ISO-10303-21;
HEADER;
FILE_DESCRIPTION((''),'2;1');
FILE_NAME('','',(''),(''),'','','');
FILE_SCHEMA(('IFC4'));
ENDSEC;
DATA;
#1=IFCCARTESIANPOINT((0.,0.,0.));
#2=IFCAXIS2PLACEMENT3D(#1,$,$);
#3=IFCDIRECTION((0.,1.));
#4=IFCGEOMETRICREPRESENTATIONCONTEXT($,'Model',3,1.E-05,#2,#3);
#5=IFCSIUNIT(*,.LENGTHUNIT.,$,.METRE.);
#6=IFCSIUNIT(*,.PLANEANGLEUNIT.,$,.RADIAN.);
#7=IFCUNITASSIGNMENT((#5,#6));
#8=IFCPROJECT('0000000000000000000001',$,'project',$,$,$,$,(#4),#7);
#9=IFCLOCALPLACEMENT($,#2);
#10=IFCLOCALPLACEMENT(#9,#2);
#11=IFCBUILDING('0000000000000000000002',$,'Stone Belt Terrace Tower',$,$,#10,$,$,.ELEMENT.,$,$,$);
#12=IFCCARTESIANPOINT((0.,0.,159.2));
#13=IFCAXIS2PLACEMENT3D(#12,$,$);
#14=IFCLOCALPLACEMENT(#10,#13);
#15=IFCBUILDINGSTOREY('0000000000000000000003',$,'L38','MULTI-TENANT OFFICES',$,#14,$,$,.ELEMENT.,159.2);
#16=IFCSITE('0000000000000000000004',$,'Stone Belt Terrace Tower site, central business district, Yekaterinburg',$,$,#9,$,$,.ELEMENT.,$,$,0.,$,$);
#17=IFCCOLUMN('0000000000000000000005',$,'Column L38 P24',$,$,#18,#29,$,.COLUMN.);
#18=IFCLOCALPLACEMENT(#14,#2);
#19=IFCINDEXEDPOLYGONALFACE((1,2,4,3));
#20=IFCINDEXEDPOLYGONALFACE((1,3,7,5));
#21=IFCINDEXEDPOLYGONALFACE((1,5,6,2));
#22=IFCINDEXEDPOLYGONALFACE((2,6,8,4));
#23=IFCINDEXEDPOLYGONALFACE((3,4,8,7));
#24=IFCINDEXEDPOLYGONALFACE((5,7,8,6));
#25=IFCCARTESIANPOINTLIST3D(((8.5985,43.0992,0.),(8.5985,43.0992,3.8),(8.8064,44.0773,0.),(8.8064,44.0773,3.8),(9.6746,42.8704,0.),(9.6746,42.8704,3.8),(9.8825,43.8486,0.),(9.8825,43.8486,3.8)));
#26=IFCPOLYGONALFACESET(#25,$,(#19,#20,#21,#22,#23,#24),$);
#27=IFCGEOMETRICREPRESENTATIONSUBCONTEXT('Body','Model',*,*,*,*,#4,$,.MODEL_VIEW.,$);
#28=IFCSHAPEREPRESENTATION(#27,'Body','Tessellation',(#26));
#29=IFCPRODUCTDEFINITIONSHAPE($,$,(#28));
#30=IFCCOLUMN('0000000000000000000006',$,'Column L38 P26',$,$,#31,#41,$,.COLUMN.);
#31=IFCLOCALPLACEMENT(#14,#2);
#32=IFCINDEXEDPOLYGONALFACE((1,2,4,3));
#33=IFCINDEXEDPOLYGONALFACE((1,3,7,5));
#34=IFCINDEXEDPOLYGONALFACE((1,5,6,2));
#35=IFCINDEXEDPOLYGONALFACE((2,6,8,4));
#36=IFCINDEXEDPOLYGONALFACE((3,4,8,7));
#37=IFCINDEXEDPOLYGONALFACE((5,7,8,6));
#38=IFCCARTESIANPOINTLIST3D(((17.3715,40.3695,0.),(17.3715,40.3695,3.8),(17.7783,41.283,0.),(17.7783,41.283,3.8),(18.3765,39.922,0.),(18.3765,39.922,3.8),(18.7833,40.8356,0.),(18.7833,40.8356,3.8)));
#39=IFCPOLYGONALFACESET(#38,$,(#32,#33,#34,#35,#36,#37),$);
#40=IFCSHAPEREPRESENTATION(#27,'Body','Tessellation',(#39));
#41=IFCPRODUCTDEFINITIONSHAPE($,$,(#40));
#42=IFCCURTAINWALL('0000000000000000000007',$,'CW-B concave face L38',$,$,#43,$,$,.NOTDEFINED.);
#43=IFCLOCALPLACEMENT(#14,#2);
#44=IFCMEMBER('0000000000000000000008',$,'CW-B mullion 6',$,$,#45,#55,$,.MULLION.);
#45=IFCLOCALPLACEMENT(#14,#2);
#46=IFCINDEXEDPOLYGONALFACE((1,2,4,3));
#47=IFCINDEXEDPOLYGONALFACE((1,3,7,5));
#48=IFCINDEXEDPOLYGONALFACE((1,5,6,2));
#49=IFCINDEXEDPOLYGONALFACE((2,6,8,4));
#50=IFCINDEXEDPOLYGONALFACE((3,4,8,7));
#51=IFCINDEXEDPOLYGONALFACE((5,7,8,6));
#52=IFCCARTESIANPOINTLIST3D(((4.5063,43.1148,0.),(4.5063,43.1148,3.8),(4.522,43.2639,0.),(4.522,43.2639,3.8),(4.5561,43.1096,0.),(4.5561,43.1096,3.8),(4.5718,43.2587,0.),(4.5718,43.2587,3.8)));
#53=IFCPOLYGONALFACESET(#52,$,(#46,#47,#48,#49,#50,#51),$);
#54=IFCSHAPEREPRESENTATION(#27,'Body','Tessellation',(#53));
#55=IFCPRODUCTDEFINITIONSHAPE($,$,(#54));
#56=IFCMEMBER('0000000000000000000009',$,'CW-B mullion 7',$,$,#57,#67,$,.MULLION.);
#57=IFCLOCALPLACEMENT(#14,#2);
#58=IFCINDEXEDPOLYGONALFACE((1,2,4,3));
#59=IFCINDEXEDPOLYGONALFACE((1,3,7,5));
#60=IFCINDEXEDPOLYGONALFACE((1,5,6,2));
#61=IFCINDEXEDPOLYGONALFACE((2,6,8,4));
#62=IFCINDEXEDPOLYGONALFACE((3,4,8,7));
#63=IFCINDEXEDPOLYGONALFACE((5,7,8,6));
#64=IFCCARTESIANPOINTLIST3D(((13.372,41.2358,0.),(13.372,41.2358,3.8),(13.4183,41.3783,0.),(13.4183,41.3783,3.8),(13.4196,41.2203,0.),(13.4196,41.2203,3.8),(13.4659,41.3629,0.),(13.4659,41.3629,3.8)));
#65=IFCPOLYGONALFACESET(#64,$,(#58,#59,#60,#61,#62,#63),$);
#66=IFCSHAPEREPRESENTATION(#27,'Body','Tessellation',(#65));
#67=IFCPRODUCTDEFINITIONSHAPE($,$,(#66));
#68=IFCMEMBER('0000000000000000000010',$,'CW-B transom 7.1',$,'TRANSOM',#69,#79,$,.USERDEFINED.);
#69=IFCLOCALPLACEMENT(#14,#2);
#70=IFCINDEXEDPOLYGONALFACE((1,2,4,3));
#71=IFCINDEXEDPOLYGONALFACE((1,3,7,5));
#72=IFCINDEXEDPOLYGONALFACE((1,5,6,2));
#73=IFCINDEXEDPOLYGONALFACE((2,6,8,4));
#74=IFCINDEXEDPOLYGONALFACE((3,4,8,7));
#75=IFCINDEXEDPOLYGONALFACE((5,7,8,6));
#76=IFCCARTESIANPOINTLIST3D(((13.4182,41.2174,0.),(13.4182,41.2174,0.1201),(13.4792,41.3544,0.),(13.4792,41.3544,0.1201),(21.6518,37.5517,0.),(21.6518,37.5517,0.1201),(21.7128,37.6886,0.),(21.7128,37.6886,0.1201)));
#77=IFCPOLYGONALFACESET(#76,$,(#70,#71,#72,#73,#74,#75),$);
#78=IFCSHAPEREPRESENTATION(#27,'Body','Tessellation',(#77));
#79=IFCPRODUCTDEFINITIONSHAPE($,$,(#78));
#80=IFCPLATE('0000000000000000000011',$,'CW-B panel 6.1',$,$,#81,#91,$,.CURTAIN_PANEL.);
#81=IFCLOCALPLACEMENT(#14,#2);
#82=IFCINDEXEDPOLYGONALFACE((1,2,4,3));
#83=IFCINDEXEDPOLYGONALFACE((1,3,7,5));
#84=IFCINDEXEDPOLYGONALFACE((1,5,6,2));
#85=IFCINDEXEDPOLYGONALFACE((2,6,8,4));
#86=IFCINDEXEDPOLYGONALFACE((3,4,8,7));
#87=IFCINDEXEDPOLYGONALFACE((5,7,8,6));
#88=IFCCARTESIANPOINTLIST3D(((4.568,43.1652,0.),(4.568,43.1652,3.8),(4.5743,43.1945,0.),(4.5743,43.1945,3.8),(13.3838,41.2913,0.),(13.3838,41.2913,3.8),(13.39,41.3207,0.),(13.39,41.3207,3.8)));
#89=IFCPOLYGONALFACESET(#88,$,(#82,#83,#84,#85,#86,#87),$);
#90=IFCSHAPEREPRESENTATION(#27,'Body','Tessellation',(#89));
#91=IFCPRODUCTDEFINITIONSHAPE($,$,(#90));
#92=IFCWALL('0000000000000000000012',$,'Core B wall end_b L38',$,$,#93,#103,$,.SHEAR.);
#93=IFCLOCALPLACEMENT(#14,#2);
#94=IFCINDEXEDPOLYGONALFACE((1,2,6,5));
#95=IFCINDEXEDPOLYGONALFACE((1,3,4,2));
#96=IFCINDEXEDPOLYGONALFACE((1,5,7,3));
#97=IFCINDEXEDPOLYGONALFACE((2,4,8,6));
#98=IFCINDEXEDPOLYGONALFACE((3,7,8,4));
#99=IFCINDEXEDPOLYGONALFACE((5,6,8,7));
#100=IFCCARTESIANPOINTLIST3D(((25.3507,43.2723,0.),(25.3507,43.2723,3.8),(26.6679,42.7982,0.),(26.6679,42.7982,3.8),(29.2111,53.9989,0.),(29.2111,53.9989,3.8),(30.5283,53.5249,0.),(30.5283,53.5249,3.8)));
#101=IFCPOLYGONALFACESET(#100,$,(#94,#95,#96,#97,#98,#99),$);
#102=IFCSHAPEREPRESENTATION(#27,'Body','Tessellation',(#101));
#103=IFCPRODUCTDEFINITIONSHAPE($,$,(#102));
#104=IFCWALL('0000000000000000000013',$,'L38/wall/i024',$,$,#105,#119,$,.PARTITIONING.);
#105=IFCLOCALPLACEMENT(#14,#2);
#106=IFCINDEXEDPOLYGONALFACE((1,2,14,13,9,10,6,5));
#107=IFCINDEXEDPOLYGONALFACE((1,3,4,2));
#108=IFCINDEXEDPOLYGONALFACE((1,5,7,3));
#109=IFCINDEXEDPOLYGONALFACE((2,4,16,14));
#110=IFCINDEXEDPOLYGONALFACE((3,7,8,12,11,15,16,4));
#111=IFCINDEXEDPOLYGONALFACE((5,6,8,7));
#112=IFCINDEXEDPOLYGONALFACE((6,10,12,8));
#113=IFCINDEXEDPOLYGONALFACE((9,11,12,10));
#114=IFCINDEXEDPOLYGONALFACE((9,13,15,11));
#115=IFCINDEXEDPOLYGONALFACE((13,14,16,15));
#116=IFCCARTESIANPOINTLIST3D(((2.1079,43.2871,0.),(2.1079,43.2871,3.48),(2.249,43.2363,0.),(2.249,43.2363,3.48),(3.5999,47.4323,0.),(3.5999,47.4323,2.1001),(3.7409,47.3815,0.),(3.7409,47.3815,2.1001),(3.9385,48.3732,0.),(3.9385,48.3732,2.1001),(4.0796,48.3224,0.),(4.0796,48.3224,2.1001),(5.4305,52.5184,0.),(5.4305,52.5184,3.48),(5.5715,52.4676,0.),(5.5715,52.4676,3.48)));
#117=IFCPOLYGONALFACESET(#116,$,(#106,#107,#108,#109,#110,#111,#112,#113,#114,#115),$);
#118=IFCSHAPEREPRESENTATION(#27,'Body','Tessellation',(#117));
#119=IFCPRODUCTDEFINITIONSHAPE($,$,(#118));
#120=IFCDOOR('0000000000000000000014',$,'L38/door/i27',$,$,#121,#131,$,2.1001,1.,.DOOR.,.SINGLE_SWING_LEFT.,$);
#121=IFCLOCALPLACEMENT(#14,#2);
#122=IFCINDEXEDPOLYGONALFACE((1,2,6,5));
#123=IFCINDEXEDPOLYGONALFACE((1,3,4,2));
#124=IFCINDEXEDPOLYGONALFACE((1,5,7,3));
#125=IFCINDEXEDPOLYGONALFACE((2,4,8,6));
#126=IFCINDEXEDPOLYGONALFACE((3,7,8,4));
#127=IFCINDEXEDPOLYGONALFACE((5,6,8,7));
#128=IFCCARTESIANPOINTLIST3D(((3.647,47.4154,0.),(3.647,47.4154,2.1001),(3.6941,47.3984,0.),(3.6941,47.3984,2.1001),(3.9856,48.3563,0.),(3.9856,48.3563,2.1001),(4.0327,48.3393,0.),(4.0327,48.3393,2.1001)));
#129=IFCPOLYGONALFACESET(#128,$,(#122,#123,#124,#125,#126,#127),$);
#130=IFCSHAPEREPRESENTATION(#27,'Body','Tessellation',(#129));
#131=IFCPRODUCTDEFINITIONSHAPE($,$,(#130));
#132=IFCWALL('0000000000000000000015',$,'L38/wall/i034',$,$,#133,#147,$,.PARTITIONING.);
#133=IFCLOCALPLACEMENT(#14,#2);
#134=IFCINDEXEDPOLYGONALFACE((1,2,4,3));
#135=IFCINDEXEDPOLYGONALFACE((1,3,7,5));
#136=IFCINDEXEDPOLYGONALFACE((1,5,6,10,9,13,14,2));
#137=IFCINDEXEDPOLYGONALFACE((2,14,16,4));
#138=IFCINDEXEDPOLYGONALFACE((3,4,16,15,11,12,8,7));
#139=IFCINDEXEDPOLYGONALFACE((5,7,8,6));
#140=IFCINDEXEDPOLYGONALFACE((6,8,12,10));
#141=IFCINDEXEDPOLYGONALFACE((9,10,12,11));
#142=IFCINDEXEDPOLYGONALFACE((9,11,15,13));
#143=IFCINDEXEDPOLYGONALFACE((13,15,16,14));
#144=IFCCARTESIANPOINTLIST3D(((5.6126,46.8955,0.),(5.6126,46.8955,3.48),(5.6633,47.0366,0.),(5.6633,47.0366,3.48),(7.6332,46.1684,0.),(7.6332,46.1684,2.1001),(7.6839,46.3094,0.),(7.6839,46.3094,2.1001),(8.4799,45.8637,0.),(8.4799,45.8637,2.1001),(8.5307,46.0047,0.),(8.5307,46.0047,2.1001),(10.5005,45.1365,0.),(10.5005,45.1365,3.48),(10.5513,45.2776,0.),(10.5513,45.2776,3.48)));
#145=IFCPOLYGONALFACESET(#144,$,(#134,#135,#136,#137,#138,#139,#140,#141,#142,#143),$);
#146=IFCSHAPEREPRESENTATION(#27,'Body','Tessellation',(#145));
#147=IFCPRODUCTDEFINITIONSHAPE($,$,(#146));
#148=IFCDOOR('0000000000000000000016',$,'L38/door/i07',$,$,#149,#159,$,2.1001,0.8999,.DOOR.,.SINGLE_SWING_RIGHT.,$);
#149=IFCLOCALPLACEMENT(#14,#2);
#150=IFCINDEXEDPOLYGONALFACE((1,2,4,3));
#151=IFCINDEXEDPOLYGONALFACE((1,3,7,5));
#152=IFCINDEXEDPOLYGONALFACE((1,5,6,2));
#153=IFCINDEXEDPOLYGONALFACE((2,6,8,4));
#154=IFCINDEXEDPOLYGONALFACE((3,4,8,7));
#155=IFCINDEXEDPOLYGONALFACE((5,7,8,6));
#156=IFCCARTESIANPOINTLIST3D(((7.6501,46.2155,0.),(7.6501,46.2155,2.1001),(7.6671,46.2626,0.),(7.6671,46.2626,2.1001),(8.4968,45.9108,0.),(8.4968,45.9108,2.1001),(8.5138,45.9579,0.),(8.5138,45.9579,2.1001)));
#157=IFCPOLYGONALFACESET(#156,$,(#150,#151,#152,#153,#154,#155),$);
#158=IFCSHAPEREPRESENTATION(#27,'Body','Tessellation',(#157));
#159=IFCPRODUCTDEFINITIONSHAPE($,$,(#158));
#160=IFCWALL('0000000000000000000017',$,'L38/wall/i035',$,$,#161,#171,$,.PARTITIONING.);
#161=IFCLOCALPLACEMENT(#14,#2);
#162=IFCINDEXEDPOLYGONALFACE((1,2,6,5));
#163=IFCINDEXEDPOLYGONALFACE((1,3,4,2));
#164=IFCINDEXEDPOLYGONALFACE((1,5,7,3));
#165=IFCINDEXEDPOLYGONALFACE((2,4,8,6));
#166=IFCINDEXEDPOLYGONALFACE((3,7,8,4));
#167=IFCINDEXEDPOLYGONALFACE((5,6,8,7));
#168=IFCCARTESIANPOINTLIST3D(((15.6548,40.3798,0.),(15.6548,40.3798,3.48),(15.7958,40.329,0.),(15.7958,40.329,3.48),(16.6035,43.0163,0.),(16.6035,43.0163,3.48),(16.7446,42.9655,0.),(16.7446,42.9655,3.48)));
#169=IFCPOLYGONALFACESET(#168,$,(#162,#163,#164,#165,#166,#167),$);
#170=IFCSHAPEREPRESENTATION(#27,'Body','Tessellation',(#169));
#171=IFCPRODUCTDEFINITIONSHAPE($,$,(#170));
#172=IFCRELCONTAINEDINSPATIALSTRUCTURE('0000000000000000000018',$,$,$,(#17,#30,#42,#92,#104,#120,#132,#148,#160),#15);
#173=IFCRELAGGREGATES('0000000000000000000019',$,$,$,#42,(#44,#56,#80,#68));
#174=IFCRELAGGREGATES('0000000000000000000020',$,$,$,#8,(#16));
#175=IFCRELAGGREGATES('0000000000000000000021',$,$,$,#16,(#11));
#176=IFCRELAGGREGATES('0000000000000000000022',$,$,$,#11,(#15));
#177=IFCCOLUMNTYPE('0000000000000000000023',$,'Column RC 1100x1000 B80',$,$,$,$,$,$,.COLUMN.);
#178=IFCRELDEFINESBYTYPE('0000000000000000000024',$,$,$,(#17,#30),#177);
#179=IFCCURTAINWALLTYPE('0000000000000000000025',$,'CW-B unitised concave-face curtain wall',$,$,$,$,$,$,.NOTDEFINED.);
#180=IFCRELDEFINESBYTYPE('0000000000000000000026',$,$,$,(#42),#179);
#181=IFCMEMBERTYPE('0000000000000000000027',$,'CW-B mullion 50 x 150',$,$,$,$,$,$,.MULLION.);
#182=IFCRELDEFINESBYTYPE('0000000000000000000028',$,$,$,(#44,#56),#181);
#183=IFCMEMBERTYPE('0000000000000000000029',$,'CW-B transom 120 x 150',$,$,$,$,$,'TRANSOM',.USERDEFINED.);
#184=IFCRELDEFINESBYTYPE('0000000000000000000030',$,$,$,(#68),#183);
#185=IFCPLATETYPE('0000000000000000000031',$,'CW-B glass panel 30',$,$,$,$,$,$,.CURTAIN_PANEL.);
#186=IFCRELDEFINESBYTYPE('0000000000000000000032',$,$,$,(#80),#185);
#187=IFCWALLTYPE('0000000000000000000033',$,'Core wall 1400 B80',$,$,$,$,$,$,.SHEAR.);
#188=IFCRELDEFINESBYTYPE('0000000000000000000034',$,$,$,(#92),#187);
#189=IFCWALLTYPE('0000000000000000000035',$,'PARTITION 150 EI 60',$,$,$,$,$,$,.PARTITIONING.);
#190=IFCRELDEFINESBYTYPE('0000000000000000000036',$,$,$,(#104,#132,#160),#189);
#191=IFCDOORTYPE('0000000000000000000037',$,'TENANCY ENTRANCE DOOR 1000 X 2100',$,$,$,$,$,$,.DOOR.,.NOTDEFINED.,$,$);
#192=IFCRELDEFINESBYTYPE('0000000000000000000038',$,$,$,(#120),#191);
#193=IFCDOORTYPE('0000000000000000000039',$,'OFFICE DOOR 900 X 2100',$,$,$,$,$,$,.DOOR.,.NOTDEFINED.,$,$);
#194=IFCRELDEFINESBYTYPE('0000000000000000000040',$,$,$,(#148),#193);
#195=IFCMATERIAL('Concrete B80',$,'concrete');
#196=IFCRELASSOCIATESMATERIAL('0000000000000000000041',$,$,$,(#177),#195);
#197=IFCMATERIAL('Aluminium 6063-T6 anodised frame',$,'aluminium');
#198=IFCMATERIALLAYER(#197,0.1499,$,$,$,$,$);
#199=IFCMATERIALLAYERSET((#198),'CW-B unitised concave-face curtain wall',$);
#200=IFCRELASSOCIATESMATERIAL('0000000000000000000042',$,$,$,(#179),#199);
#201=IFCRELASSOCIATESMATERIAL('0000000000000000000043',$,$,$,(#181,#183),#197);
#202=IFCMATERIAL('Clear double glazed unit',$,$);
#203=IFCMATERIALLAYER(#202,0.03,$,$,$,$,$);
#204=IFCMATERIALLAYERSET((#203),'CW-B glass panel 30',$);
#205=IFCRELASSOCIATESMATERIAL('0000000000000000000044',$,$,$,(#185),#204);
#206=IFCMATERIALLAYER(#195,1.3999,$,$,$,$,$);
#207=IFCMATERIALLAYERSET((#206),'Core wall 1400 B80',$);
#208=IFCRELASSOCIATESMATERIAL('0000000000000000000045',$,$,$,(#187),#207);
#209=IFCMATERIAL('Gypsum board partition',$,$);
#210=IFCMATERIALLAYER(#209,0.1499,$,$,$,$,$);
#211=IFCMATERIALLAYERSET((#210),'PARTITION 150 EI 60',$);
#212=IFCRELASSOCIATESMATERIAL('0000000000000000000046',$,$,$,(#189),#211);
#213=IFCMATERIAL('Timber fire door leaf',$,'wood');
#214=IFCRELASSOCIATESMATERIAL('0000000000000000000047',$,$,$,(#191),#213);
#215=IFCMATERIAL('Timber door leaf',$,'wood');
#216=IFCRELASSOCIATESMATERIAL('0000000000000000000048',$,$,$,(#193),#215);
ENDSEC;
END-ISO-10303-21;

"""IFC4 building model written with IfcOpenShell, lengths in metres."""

from ifc_helpers import new_model, si_unit, direction, frame, frame_2d, origin, origin_2d, place, context, subcontext, project, spatial, rectangle, extrude, material, layer, layer_set, material_profile, profile_set, type_object, element, fill, aggregate, save


model = new_model("IFC4")

# Units and contexts
model_context = context("Model", 3, precision=1e-05, world=origin(), true_north=direction((0.0, 1.0)))
body_context = subcontext(model_context, "Body", "Model", "MODEL_VIEW")
ifc_project = project(units=[si_unit("LENGTHUNIT", "METRE"), si_unit("PLANEANGLEUNIT", "RADIAN")], contexts=[model_context])

# Site, building, storey
site_placement = place(None, origin())
site = spatial("IfcSite", under=ifc_project, at=site_placement, Name="Stone Belt Terrace Tower site, central business district, Yekaterinburg", CompositionType="ELEMENT", RefElevation=0.0)
building_placement = place(site_placement, origin())
building = spatial("IfcBuilding", under=site, at=building_placement, Name="Stone Belt Terrace Tower", CompositionType="ELEMENT")
storey_placement = place(building_placement, frame((0.0, 0.0, 159.2)))
storey = spatial("IfcBuildingStorey", under=building, at=storey_placement, Name="L38", Description="MULTI-TENANT OFFICES", CompositionType="ELEMENT", Elevation=159.2)

# Columns
ifc_material_1 = material(Name="Concrete B80", Category="concrete")
ifc_material_profile_1 = material_profile(ifc_material_1, rectangle(XDim=1.1001, YDim=1.0, at=origin_2d()), Name="RC 1100x1000")
ifc_profile_set_1 = profile_set([ifc_material_profile_1], Name="Concrete B80")
column_type = type_object("IfcColumnType", Name="Column RC 1100x1000 B80", PredefinedType="COLUMN", material=ifc_profile_set_1)
for number, where, z_axis, x_axis, name in (
    (1, (9.2405, 43.4739, 0.0), (0.0, 0.0, 1.0), (0.978148, -0.207912, 0.0), "Column L38 P24"),
    (2, (18.0774, 40.6025, 0.0), (0.0, 0.0, 1.0), (0.913545, -0.406737, 0.0), "Column L38 P26"),
):
    element("IfcColumn", number, at=place(storey_placement, frame(where, z_axis=z_axis, x_axis=x_axis)), inside=storey, type_object=column_type, Name=name, PredefinedType="COLUMN", context=body_context, shape_type="SweptSolid", body=[
        extrude(rectangle(XDim=1.1001, YDim=1.0, at=origin_2d()), origin(), (0.0, 0.0, 1.0), 3.8),
    ])

# Curtain wall, members, plate
ifc_material_2 = material(Name="Aluminium 6063-T6 anodised frame", Category="aluminium")
ifc_layer_1 = layer(ifc_material_2, 0.1499)
ifc_layer_set_1 = layer_set([ifc_layer_1], Name="CW-B unitised concave-face curtain wall")
curtain_wall_type = type_object("IfcCurtainWallType", Name="CW-B unitised concave-face curtain wall", PredefinedType="NOTDEFINED", material=ifc_layer_set_1)
curtain_wall_placement = place(storey_placement, origin())
curtain_wall = element("IfcCurtainWall", 3, at=curtain_wall_placement, inside=storey, type_object=curtain_wall_type, Name="CW-B concave face L38", PredefinedType="NOTDEFINED")
ifc_material_profile_2 = material_profile(ifc_material_2, rectangle(XDim=0.1499, YDim=0.05, at=origin_2d()), Name="Aluminium 6063-T6 50x150")
ifc_profile_set_2 = profile_set([ifc_material_profile_2], Name="Aluminium 6063-T6 anodised frame")
member_type_1 = type_object("IfcMemberType", Name="CW-B mullion 50 x 150", PredefinedType="MULLION", material=ifc_profile_set_2)
member_1_placement = place(storey_placement, frame((4.5391, 43.1868, 0.0), z_axis=(0.0, 0.0, 1.0), x_axis=(0.104528, 0.994522, 0.0)))
member_1 = element("IfcMember", 4, at=member_1_placement, type_object=member_type_1, Name="CW-B mullion 6", PredefinedType="MULLION", context=body_context, shape_type="SweptSolid", body=[
    extrude(rectangle(XDim=0.1499, YDim=0.05, at=origin_2d()), origin(), (0.0, 0.0, 1.0), 3.8),
])
member_2_placement = place(storey_placement, frame((13.4189, 41.2993, 0.0), z_axis=(0.0, 0.0, 1.0), x_axis=(0.309017, 0.951057, 0.0)))
member_2 = element("IfcMember", 5, at=member_2_placement, type_object=member_type_1, Name="CW-B mullion 7", PredefinedType="MULLION", context=body_context, shape_type="SweptSolid", body=[
    extrude(rectangle(XDim=0.1499, YDim=0.05, at=origin_2d()), origin(), (0.0, 0.0, 1.0), 3.8),
])
ifc_material_profile_3 = material_profile(ifc_material_2, rectangle(XDim=0.1499, YDim=0.1201, at=origin_2d()), Name="Aluminium 6063-T6 150x120")
ifc_profile_set_3 = profile_set([ifc_material_profile_3], Name="Aluminium 6063-T6 anodised frame")
member_type_2 = type_object("IfcMemberType", Name="CW-B transom 120 x 150", ElementType="TRANSOM", PredefinedType="USERDEFINED", material=ifc_profile_set_3)
member_3_placement = place(storey_placement, frame((13.4487, 41.2859, 0.0601), z_axis=(0.913549, -0.406729, 0.0), x_axis=(0.406729, 0.913549, 0.0)))
member_3 = element("IfcMember", 6, at=member_3_placement, type_object=member_type_2, Name="CW-B transom 7.1", ObjectType="TRANSOM", PredefinedType="USERDEFINED", context=body_context, shape_type="SweptSolid", body=[
    extrude(rectangle(XDim=0.1499, YDim=0.1201, at=origin_2d()), origin(), (0.0, 0.0, 1.0), 9.0127),
])
ifc_material_3 = material(Name="Clear double glazed unit")
ifc_layer_2 = layer(ifc_material_3, 0.03)
ifc_layer_set_2 = layer_set([ifc_layer_2], Name="CW-B glass panel 30")
plate_type = type_object("IfcPlateType", Name="CW-B glass panel 30", PredefinedType="CURTAIN_PANEL", material=ifc_layer_set_2)
plate_placement = place(storey_placement, frame((8.979, 42.2429, 0.0), z_axis=(0.0, 0.0, 1.0), x_axis=(0.978148, -0.207912, 0.0)))
plate = element("IfcPlate", 7, at=plate_placement, type_object=plate_type, Name="CW-B panel 6.1", PredefinedType="CURTAIN_PANEL", context=body_context, shape_type="SweptSolid", body=[
    extrude(rectangle(XDim=9.0127, YDim=0.03, at=origin_2d()), origin(), (0.0, 0.0, 1.0), 3.8),
])
aggregate(curtain_wall, [member_1, member_2, plate, member_3])

# Wall
ifc_layer_3 = layer(ifc_material_1, 1.3999)
ifc_layer_set_3 = layer_set([ifc_layer_3], Name="Core wall 1400 B80")
wall_type_1 = type_object("IfcWallType", Name="Core wall 1400 B80", PredefinedType="SHEAR", material=ifc_layer_set_3)
wall_1_placement = place(storey_placement, frame((26.0093, 43.0352, 0.0), z_axis=(0.0, 0.0, 1.0), x_axis=(0.338625, 0.940921, 0.0)))
element("IfcWall", 8, at=wall_1_placement, inside=storey, type_object=wall_type_1, Name="Core B wall end_b L38", PredefinedType="SHEAR", context=body_context, shape_type="SweptSolid", body=[
    extrude(rectangle(XDim=11.4001, YDim=1.3999, at=frame_2d((5.7002, 0.0))), origin(), (0.0, 0.0, 1.0), 3.8),
])

# Walls, openings, doors
ifc_material_4 = material(Name="Gypsum board partition")
ifc_layer_4 = layer(ifc_material_4, 0.1499)
ifc_layer_set_4 = layer_set([ifc_layer_4], Name="PARTITION 150 EI 60")
wall_type_2 = type_object("IfcWallType", Name="PARTITION 150 EI 60", PredefinedType="PARTITIONING", material=ifc_layer_set_4)
wall_2_placement = place(storey_placement, frame((2.1785, 43.2617, 0.0), z_axis=(0.0, 0.0, 1.0), x_axis=(0.338654, 0.940911, 0.0)))
wall_2 = element("IfcWall", 9, at=wall_2_placement, inside=storey, type_object=wall_type_2, Name="L38/wall/i024", PredefinedType="PARTITIONING", context=body_context, shape_type="SweptSolid", body=[
    extrude(rectangle(XDim=9.811, YDim=0.1499, at=frame_2d((4.9055, 0.0))), origin(), (0.0, 0.0, 1.0), 3.48),
])
opening_1_placement = place(wall_2_placement, frame((4.4055, 0.0, 0.0)))
opening_1 = element("IfcOpeningElement", 10, at=opening_1_placement, cuts=wall_2, PredefinedType="OPENING", context=body_context, shape_type="SweptSolid", body=[
    extrude(rectangle(XDim=1.0, YDim=2.1001, at=frame_2d((0.5, 1.05))), frame((0.0, 0.085, 0.0), z_axis=(0.0, -1.0, 0.0), x_axis=(1.0, 0.0, 0.0)), (0.0, 0.0, 1.0), 0.1699),
])
ifc_material_5 = material(Name="Timber fire door leaf", Category="wood")
door_type_1 = type_object("IfcDoorType", Name="TENANCY ENTRANCE DOOR 1000 X 2100", OperationType="NOTDEFINED", PredefinedType="DOOR", material=ifc_material_5)
door_1_placement = place(opening_1_placement, origin())
door_1 = element("IfcDoor", 11, at=door_1_placement, inside=storey, type_object=door_type_1, Name="L38/door/i27", OperationType="SINGLE_SWING_LEFT", OverallHeight=2.1001, OverallWidth=1.0, PredefinedType="DOOR", context=body_context, shape_type="SweptSolid", body=[
    extrude(rectangle(XDim=1.0, YDim=2.1001, at=frame_2d((0.5, 1.05))), frame((0.0, 0.0249, 0.0), z_axis=(0.0, -1.0, 0.0), x_axis=(1.0, 0.0, 0.0)), (0.0, 0.0, 1.0), 0.05),
])
fill(opening_1, door_1)
wall_3_placement = place(storey_placement, frame((10.5259, 45.207, 0.0), z_axis=(0.0, 0.0, 1.0), x_axis=(-0.940926, 0.338613, 0.0)))
wall_3 = element("IfcWall", 12, at=wall_3_placement, inside=storey, type_object=wall_type_2, Name="L38/wall/i034", PredefinedType="PARTITIONING", context=body_context, shape_type="SweptSolid", body=[
    extrude(rectangle(XDim=5.1948, YDim=0.1499, at=frame_2d((2.5974, 0.0))), origin(), (0.0, 0.0, 1.0), 3.48),
])
opening_2_placement = place(wall_3_placement, frame((2.1475, 0.0, 0.0)))
opening_2 = element("IfcOpeningElement", 13, at=opening_2_placement, cuts=wall_3, PredefinedType="OPENING", context=body_context, shape_type="SweptSolid", body=[
    extrude(rectangle(XDim=0.8999, YDim=2.1001, at=frame_2d((0.45, 1.05))), frame((0.0, 0.085, 0.0), z_axis=(0.0, -1.0, 0.0), x_axis=(1.0, 0.0, 0.0)), (0.0, 0.0, 1.0), 0.1699),
])
ifc_material_6 = material(Name="Timber door leaf", Category="wood")
door_type_2 = type_object("IfcDoorType", Name="OFFICE DOOR 900 X 2100", OperationType="NOTDEFINED", PredefinedType="DOOR", material=ifc_material_6)
door_2_placement = place(opening_2_placement, origin())
door_2 = element("IfcDoor", 14, at=door_2_placement, inside=storey, type_object=door_type_2, Name="L38/door/i07", OperationType="SINGLE_SWING_RIGHT", OverallHeight=2.1001, OverallWidth=0.8999, PredefinedType="DOOR", context=body_context, shape_type="SweptSolid", body=[
    extrude(rectangle(XDim=0.8999, YDim=2.1001, at=frame_2d((0.45, 1.05))), frame((0.0, 0.0249, 0.0), z_axis=(0.0, -1.0, 0.0), x_axis=(1.0, 0.0, 0.0)), (0.0, 0.0, 1.0), 0.05),
])
fill(opening_2, door_2)

# Wall
wall_4_placement = place(storey_placement, frame((15.7253, 40.3545, 0.0), z_axis=(0.0, 0.0, 1.0), x_axis=(0.338593, 0.940933, 0.0)))
element("IfcWall", 15, at=wall_4_placement, inside=storey, type_object=wall_type_2, Name="L38/wall/i035", PredefinedType="PARTITIONING", context=body_context, shape_type="SweptSolid", body=[
    extrude(rectangle(XDim=2.802, YDim=0.1499, at=frame_2d((1.4009, 0.0))), origin(), (0.0, 0.0, 1.0), 3.48),
])

save(model, "model.ifc")
